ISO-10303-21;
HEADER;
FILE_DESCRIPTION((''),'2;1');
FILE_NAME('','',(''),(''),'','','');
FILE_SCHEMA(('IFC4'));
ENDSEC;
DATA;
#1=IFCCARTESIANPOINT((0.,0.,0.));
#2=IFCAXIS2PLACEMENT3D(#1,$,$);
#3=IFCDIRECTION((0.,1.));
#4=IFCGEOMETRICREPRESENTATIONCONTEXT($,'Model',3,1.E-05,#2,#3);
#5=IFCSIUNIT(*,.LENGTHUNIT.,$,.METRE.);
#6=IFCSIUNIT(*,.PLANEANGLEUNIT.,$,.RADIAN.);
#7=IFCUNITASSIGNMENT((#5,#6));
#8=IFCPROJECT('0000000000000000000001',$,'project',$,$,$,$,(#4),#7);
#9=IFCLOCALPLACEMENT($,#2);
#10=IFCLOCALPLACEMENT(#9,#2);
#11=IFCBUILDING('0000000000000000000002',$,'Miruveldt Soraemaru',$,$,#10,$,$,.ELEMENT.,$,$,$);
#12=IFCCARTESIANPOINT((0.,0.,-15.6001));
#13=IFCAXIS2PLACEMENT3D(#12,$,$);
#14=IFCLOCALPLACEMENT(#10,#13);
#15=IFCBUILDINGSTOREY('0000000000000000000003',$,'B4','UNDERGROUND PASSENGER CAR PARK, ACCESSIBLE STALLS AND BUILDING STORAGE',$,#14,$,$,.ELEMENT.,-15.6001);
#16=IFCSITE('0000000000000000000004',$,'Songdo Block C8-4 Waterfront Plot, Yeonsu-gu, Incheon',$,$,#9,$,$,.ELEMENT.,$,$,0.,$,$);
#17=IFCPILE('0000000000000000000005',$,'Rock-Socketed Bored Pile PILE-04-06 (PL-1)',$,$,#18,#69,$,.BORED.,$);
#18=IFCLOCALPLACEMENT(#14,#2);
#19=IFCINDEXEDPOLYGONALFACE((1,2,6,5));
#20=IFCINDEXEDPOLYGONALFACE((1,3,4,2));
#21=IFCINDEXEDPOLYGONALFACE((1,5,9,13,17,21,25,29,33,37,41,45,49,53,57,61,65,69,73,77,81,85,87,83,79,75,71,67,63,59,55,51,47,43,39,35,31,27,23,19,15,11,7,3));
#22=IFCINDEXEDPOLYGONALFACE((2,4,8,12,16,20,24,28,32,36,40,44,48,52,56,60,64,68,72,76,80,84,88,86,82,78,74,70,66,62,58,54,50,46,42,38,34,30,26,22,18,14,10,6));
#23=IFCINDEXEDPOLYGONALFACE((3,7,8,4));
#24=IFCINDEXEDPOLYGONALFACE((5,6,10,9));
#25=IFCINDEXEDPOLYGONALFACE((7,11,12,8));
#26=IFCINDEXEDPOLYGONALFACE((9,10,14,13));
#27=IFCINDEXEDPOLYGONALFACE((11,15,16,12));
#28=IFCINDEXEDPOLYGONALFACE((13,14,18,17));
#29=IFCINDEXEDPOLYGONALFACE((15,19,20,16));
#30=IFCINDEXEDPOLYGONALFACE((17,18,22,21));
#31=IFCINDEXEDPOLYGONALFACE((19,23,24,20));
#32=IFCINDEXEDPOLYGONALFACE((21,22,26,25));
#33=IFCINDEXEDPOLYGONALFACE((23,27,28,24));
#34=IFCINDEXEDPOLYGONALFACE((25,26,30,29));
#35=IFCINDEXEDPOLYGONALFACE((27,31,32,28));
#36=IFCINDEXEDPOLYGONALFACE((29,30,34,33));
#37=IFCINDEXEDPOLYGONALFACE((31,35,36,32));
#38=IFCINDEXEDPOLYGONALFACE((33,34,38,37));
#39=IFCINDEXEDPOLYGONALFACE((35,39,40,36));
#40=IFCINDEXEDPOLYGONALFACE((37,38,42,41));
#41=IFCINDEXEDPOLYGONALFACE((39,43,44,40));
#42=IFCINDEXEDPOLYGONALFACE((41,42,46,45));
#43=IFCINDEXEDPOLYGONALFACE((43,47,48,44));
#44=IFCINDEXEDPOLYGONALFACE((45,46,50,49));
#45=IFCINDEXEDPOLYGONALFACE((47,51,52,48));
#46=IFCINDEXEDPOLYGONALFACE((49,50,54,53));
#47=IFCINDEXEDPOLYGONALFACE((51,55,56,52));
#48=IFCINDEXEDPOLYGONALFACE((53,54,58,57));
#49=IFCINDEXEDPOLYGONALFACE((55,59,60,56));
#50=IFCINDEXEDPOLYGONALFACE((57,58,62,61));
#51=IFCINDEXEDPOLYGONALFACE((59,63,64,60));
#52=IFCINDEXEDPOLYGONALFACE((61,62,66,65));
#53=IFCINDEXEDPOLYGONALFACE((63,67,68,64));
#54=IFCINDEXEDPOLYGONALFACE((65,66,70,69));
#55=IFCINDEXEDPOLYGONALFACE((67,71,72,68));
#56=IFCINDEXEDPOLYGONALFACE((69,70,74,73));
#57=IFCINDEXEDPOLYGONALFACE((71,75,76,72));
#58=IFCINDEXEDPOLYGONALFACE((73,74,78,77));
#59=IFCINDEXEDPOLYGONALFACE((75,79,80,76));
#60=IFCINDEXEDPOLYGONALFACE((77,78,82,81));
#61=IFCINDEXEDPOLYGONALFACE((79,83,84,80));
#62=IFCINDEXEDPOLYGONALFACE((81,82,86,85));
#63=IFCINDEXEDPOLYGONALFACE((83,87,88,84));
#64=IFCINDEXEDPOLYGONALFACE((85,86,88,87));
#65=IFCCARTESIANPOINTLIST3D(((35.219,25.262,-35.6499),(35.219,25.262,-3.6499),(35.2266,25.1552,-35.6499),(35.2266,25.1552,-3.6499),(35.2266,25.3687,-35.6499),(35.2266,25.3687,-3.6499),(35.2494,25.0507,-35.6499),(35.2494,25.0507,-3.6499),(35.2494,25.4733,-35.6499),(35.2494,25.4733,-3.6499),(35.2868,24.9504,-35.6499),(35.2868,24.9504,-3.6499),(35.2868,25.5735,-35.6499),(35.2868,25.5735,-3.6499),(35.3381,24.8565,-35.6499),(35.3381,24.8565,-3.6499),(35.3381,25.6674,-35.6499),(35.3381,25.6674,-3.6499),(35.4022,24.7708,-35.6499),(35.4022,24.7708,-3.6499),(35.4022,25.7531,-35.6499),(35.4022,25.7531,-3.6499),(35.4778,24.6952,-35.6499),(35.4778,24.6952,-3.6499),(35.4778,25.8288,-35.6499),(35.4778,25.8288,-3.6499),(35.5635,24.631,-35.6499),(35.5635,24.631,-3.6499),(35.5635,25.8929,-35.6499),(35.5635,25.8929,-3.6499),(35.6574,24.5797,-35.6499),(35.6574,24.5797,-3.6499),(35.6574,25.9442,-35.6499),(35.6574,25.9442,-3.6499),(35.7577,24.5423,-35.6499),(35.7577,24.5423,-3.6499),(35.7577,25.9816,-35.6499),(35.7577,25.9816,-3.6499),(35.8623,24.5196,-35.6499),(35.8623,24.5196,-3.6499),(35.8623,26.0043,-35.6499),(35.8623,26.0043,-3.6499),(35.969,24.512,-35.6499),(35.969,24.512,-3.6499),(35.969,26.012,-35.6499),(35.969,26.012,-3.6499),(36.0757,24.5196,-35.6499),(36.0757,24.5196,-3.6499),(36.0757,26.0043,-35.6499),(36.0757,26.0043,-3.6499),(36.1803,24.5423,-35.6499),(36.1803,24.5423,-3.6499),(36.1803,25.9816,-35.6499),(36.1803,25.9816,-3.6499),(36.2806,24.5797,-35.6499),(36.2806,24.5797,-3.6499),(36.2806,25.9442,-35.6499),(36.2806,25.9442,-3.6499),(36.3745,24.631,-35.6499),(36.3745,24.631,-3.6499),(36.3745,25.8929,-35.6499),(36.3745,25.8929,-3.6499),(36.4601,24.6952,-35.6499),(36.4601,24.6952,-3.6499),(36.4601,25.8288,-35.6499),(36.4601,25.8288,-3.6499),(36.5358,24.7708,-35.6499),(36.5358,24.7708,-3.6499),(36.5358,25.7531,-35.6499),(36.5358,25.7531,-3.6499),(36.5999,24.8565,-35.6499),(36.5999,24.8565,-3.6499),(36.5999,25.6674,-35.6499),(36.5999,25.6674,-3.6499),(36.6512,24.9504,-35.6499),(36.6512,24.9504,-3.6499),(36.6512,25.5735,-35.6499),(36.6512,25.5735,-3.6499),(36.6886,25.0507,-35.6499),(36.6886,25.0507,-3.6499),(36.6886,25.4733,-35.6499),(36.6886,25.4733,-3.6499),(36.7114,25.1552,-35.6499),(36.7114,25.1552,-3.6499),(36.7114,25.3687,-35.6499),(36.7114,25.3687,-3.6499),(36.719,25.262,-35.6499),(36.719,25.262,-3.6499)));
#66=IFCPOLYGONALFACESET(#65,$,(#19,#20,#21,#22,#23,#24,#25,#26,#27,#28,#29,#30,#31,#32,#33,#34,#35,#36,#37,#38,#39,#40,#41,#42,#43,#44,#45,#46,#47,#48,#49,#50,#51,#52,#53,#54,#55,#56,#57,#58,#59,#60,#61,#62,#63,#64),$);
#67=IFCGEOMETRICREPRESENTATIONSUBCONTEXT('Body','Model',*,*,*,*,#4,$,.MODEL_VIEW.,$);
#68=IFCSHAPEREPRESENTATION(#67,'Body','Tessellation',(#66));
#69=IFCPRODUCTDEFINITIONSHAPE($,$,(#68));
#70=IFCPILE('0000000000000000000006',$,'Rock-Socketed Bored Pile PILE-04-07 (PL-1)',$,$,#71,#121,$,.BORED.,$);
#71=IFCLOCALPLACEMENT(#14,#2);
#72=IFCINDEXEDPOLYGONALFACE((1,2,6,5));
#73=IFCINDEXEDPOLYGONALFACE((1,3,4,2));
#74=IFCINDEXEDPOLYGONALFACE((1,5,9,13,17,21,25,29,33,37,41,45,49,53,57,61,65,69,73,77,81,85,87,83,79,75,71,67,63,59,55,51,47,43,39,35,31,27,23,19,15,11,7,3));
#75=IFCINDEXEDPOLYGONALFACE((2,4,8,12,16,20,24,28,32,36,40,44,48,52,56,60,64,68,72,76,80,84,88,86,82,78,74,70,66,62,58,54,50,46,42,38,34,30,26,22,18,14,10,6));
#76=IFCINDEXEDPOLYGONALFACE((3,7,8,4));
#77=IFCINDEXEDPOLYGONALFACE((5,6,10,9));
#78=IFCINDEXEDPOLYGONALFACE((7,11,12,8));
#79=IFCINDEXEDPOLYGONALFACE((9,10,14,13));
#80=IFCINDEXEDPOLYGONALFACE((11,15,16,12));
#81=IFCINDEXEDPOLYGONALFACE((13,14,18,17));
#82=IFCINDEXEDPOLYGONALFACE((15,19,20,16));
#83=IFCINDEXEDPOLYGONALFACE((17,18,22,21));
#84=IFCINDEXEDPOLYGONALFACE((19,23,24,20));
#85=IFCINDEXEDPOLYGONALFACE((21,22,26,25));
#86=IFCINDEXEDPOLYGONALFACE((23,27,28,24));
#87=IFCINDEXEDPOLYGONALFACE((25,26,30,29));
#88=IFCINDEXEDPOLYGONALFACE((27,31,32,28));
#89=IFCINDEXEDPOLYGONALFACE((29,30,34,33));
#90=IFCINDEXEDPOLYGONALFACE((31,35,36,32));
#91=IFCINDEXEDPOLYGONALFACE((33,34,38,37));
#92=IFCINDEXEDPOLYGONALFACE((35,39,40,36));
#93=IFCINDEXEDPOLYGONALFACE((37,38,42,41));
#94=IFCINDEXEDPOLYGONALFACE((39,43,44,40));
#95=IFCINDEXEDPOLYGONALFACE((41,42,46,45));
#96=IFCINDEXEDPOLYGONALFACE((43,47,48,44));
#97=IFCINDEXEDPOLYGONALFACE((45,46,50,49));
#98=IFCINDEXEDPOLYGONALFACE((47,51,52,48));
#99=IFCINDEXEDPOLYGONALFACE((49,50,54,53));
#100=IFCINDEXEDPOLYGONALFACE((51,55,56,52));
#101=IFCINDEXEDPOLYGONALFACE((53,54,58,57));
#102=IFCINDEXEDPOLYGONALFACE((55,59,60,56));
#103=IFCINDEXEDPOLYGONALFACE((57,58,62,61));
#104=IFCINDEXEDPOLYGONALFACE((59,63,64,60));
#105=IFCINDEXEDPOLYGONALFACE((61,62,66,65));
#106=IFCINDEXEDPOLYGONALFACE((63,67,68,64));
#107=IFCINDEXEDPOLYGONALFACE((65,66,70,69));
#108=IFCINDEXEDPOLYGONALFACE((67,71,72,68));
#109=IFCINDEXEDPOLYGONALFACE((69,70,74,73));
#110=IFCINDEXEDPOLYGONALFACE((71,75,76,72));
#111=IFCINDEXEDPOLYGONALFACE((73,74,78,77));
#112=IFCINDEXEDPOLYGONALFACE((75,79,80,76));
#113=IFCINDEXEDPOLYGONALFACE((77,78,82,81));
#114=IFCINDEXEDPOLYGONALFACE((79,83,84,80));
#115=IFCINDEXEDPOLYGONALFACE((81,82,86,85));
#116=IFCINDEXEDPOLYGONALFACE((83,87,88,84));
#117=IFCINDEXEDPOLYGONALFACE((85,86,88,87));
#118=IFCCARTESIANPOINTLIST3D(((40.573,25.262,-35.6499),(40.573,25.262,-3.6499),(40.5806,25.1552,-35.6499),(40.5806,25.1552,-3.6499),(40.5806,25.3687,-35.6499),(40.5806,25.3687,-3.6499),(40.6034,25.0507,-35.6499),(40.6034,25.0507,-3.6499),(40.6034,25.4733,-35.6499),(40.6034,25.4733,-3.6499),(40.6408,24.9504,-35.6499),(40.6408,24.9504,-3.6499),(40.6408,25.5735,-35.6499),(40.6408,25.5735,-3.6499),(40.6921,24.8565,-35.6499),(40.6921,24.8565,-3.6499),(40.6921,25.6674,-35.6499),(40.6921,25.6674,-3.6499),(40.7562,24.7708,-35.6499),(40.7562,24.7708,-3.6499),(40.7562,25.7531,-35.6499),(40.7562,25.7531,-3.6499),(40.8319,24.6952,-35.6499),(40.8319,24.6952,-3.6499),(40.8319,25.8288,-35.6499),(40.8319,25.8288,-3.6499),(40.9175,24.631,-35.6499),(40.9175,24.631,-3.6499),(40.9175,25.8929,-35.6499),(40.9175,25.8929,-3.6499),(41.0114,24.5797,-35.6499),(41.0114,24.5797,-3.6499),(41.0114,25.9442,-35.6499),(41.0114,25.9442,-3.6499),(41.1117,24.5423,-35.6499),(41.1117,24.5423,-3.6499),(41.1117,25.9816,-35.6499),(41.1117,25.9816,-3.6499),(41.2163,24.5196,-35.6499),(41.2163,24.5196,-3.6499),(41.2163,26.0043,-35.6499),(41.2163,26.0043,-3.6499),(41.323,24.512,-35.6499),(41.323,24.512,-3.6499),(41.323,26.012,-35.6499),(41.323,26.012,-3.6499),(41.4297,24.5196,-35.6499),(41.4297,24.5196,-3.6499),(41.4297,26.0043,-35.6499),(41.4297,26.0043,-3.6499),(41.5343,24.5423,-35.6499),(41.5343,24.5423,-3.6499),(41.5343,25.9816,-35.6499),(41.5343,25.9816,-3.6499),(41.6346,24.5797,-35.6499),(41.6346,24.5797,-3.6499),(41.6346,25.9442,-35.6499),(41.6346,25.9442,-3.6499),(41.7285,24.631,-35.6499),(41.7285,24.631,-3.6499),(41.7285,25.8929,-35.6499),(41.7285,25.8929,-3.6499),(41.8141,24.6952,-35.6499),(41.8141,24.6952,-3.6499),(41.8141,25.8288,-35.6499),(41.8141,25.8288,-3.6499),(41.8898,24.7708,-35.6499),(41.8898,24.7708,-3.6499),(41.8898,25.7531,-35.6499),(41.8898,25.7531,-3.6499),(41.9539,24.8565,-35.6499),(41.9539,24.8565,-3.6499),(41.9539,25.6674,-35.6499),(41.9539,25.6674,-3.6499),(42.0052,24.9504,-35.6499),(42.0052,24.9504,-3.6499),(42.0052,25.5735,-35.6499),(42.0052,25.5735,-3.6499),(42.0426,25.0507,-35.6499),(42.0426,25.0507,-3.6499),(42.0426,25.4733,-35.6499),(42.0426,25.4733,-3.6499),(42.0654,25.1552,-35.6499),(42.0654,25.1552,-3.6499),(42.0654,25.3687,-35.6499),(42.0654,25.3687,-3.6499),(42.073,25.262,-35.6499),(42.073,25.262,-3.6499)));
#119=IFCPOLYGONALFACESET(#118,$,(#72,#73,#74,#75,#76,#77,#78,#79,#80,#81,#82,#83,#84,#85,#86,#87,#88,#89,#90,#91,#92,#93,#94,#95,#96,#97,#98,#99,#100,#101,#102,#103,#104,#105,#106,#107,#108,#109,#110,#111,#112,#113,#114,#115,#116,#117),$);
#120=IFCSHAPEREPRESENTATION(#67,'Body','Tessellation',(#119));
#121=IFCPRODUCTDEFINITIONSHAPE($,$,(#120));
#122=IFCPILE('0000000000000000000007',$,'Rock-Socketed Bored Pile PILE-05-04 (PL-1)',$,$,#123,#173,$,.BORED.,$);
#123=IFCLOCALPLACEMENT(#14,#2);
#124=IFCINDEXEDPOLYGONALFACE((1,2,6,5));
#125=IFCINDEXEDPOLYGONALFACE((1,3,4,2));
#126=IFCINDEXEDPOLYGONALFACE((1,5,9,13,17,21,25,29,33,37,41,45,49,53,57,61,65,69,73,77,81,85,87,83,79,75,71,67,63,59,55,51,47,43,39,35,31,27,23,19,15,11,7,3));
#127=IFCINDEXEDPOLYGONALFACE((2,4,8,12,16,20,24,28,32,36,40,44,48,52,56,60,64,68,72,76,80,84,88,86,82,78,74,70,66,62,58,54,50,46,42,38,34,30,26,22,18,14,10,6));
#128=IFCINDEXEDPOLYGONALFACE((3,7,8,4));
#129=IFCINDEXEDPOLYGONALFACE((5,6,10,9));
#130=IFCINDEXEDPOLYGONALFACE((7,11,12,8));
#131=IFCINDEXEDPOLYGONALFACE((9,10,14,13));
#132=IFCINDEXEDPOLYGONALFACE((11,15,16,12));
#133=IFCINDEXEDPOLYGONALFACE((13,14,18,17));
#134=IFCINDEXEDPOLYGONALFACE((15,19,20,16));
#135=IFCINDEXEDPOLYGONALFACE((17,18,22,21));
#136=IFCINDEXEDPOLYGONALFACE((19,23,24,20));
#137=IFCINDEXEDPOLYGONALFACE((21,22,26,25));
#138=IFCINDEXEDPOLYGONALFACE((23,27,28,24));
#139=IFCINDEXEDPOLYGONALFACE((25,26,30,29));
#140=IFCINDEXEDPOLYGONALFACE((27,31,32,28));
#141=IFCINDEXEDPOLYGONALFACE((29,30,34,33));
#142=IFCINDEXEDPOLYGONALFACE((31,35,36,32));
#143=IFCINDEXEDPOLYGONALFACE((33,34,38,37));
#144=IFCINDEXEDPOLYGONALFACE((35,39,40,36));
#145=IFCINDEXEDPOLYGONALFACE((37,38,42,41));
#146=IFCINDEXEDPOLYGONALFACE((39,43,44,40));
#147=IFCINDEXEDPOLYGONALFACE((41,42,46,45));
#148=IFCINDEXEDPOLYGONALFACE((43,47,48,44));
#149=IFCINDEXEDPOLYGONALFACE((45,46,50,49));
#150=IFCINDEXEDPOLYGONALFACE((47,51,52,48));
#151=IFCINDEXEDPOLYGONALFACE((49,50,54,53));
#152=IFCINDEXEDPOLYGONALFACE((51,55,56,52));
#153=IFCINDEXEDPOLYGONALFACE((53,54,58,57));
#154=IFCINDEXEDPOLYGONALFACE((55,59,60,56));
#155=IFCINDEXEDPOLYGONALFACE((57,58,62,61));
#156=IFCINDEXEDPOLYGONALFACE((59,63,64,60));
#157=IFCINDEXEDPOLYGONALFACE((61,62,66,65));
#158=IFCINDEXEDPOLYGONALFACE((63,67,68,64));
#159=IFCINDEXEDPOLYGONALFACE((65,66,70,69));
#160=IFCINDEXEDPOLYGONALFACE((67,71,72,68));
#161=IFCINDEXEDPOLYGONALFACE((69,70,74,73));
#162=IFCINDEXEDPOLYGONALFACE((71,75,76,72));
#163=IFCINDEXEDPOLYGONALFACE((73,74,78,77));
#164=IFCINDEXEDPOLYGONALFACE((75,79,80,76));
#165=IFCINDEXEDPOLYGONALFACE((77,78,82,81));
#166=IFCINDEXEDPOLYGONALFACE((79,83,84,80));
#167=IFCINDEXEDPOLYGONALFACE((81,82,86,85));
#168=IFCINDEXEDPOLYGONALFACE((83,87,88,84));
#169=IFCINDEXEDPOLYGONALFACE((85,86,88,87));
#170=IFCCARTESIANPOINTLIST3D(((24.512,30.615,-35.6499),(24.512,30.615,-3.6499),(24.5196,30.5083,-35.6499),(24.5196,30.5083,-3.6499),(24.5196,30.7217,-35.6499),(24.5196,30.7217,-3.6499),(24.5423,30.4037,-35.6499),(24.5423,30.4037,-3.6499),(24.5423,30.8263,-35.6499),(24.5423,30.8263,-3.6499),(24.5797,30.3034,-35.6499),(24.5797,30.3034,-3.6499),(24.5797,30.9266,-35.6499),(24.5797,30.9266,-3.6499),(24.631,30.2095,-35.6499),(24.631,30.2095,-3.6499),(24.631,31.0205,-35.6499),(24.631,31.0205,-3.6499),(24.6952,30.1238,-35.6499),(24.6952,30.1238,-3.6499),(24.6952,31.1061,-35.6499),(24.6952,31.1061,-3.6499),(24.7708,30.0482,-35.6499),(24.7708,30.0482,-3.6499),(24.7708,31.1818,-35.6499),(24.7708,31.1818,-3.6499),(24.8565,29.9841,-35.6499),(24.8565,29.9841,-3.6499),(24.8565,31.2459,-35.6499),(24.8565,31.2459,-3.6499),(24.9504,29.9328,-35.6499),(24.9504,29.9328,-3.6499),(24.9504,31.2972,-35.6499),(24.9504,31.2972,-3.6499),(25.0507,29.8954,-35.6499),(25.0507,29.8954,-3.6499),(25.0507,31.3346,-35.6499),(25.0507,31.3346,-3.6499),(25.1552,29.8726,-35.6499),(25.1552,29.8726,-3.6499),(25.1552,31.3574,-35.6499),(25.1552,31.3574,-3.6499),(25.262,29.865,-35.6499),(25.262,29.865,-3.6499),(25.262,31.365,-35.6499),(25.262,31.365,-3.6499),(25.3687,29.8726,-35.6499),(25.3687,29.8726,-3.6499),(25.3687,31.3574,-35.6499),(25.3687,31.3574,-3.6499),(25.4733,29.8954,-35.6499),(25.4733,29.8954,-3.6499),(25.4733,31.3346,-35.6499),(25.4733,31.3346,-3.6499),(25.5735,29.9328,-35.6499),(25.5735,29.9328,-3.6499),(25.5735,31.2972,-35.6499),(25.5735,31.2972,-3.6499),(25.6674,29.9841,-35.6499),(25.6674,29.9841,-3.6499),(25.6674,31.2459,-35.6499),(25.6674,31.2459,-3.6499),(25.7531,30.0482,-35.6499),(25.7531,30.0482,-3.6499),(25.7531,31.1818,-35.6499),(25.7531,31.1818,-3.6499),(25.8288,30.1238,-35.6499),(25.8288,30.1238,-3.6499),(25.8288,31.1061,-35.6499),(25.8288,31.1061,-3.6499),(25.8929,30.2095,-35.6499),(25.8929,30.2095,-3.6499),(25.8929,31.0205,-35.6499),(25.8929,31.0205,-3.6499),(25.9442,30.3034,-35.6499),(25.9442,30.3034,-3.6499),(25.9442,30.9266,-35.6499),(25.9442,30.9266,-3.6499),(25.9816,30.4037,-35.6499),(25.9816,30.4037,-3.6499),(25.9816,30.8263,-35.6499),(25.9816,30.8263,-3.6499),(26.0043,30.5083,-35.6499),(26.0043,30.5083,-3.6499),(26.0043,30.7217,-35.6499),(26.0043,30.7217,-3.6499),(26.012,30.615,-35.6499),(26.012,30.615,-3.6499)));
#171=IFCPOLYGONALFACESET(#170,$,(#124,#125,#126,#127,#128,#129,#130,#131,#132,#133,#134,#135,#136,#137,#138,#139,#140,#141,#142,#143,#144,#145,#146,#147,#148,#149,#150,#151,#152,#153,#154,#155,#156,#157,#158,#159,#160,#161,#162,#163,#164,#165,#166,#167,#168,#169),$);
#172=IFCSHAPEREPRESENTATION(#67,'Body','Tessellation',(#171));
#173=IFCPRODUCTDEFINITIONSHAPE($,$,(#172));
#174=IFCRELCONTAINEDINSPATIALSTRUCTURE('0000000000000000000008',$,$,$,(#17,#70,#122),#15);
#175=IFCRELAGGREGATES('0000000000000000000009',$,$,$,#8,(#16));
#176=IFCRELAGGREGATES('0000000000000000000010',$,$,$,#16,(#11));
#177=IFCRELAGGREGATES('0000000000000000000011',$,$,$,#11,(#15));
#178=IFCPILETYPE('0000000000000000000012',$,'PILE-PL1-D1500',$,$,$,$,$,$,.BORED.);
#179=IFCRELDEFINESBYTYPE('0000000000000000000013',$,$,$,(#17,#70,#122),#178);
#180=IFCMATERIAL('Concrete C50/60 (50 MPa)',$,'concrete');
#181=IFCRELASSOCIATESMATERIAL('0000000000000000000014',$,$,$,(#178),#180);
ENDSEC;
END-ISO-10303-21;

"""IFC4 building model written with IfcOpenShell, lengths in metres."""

from ifc_helpers import new_model, si_unit, direction, frame, origin, origin_2d, place, context, subcontext, project, spatial, circle, extrude, material, material_profile, profile_set, type_object, element, save


model = new_model("IFC4")

# Units and contexts
model_context = context("Model", 3, precision=1e-05, world=origin(), true_north=direction((0.0, 1.0)))
body_context = subcontext(model_context, "Body", "Model", "MODEL_VIEW")
ifc_project = project(units=[si_unit("LENGTHUNIT", "METRE"), si_unit("PLANEANGLEUNIT", "RADIAN")], contexts=[model_context])

# Site, building, storey
site_placement = place(None, origin())
site = spatial("IfcSite", under=ifc_project, at=site_placement, Name="Songdo Block C8-4 Waterfront Plot, Yeonsu-gu, Incheon", CompositionType="ELEMENT", RefElevation=0.0)
building_placement = place(site_placement, origin())
building = spatial("IfcBuilding", under=site, at=building_placement, Name="Miruveldt Soraemaru", CompositionType="ELEMENT")
storey_placement = place(building_placement, frame((0.0, 0.0, -15.6001)))
storey = spatial("IfcBuildingStorey", under=building, at=storey_placement, Name="B4", Description="UNDERGROUND PASSENGER CAR PARK, ACCESSIBLE STALLS AND BUILDING STORAGE", CompositionType="ELEMENT", Elevation=-15.6001)

# Shared definitions
ifc_material_1 = material(Name="Concrete C50/60 (50 MPa)", Category="concrete")

# Piles
ifc_material_profile_1 = material_profile(ifc_material_1, circle(Radius=0.75, at=origin_2d()), Name="Concrete C50/60 (50 MPa)", Category="concrete")
ifc_profile_set_1 = profile_set([ifc_material_profile_1], Name="Concrete C50/60 (50 MPa)")
pile_type_1 = type_object("IfcPileType", Name="PILE-PL1-D1500", PredefinedType="BORED", material=ifc_profile_set_1)
for number, where, z_axis, x_axis, name in (
    (1, (35.969, 25.262, -3.6499), (0.0, 0.0, -1.0), (1.0, 0.0, 0.0), "Rock-Socketed Bored Pile PILE-04-06 (PL-1)"),
    (2, (41.323, 25.262, -3.6499), (0.0, 0.0, -1.0), (1.0, 0.0, 0.0), "Rock-Socketed Bored Pile PILE-04-07 (PL-1)"),
    (3, (25.262, 30.615, -3.6499), (0.0, 0.0, -1.0), (1.0, 0.0, 0.0), "Rock-Socketed Bored Pile PILE-05-04 (PL-1)"),
):
    element("IfcPile", number, at=place(storey_placement, frame(where, z_axis=z_axis, x_axis=x_axis)), inside=storey, type_object=pile_type_1, Name=name, PredefinedType="BORED", context=body_context, shape_type="SweptSolid", body=[
        extrude(circle(Radius=0.75, at=origin_2d()), origin(), (0.0, 0.0, 1.0), 32.0),
    ])

save(model, "model.ifc")
